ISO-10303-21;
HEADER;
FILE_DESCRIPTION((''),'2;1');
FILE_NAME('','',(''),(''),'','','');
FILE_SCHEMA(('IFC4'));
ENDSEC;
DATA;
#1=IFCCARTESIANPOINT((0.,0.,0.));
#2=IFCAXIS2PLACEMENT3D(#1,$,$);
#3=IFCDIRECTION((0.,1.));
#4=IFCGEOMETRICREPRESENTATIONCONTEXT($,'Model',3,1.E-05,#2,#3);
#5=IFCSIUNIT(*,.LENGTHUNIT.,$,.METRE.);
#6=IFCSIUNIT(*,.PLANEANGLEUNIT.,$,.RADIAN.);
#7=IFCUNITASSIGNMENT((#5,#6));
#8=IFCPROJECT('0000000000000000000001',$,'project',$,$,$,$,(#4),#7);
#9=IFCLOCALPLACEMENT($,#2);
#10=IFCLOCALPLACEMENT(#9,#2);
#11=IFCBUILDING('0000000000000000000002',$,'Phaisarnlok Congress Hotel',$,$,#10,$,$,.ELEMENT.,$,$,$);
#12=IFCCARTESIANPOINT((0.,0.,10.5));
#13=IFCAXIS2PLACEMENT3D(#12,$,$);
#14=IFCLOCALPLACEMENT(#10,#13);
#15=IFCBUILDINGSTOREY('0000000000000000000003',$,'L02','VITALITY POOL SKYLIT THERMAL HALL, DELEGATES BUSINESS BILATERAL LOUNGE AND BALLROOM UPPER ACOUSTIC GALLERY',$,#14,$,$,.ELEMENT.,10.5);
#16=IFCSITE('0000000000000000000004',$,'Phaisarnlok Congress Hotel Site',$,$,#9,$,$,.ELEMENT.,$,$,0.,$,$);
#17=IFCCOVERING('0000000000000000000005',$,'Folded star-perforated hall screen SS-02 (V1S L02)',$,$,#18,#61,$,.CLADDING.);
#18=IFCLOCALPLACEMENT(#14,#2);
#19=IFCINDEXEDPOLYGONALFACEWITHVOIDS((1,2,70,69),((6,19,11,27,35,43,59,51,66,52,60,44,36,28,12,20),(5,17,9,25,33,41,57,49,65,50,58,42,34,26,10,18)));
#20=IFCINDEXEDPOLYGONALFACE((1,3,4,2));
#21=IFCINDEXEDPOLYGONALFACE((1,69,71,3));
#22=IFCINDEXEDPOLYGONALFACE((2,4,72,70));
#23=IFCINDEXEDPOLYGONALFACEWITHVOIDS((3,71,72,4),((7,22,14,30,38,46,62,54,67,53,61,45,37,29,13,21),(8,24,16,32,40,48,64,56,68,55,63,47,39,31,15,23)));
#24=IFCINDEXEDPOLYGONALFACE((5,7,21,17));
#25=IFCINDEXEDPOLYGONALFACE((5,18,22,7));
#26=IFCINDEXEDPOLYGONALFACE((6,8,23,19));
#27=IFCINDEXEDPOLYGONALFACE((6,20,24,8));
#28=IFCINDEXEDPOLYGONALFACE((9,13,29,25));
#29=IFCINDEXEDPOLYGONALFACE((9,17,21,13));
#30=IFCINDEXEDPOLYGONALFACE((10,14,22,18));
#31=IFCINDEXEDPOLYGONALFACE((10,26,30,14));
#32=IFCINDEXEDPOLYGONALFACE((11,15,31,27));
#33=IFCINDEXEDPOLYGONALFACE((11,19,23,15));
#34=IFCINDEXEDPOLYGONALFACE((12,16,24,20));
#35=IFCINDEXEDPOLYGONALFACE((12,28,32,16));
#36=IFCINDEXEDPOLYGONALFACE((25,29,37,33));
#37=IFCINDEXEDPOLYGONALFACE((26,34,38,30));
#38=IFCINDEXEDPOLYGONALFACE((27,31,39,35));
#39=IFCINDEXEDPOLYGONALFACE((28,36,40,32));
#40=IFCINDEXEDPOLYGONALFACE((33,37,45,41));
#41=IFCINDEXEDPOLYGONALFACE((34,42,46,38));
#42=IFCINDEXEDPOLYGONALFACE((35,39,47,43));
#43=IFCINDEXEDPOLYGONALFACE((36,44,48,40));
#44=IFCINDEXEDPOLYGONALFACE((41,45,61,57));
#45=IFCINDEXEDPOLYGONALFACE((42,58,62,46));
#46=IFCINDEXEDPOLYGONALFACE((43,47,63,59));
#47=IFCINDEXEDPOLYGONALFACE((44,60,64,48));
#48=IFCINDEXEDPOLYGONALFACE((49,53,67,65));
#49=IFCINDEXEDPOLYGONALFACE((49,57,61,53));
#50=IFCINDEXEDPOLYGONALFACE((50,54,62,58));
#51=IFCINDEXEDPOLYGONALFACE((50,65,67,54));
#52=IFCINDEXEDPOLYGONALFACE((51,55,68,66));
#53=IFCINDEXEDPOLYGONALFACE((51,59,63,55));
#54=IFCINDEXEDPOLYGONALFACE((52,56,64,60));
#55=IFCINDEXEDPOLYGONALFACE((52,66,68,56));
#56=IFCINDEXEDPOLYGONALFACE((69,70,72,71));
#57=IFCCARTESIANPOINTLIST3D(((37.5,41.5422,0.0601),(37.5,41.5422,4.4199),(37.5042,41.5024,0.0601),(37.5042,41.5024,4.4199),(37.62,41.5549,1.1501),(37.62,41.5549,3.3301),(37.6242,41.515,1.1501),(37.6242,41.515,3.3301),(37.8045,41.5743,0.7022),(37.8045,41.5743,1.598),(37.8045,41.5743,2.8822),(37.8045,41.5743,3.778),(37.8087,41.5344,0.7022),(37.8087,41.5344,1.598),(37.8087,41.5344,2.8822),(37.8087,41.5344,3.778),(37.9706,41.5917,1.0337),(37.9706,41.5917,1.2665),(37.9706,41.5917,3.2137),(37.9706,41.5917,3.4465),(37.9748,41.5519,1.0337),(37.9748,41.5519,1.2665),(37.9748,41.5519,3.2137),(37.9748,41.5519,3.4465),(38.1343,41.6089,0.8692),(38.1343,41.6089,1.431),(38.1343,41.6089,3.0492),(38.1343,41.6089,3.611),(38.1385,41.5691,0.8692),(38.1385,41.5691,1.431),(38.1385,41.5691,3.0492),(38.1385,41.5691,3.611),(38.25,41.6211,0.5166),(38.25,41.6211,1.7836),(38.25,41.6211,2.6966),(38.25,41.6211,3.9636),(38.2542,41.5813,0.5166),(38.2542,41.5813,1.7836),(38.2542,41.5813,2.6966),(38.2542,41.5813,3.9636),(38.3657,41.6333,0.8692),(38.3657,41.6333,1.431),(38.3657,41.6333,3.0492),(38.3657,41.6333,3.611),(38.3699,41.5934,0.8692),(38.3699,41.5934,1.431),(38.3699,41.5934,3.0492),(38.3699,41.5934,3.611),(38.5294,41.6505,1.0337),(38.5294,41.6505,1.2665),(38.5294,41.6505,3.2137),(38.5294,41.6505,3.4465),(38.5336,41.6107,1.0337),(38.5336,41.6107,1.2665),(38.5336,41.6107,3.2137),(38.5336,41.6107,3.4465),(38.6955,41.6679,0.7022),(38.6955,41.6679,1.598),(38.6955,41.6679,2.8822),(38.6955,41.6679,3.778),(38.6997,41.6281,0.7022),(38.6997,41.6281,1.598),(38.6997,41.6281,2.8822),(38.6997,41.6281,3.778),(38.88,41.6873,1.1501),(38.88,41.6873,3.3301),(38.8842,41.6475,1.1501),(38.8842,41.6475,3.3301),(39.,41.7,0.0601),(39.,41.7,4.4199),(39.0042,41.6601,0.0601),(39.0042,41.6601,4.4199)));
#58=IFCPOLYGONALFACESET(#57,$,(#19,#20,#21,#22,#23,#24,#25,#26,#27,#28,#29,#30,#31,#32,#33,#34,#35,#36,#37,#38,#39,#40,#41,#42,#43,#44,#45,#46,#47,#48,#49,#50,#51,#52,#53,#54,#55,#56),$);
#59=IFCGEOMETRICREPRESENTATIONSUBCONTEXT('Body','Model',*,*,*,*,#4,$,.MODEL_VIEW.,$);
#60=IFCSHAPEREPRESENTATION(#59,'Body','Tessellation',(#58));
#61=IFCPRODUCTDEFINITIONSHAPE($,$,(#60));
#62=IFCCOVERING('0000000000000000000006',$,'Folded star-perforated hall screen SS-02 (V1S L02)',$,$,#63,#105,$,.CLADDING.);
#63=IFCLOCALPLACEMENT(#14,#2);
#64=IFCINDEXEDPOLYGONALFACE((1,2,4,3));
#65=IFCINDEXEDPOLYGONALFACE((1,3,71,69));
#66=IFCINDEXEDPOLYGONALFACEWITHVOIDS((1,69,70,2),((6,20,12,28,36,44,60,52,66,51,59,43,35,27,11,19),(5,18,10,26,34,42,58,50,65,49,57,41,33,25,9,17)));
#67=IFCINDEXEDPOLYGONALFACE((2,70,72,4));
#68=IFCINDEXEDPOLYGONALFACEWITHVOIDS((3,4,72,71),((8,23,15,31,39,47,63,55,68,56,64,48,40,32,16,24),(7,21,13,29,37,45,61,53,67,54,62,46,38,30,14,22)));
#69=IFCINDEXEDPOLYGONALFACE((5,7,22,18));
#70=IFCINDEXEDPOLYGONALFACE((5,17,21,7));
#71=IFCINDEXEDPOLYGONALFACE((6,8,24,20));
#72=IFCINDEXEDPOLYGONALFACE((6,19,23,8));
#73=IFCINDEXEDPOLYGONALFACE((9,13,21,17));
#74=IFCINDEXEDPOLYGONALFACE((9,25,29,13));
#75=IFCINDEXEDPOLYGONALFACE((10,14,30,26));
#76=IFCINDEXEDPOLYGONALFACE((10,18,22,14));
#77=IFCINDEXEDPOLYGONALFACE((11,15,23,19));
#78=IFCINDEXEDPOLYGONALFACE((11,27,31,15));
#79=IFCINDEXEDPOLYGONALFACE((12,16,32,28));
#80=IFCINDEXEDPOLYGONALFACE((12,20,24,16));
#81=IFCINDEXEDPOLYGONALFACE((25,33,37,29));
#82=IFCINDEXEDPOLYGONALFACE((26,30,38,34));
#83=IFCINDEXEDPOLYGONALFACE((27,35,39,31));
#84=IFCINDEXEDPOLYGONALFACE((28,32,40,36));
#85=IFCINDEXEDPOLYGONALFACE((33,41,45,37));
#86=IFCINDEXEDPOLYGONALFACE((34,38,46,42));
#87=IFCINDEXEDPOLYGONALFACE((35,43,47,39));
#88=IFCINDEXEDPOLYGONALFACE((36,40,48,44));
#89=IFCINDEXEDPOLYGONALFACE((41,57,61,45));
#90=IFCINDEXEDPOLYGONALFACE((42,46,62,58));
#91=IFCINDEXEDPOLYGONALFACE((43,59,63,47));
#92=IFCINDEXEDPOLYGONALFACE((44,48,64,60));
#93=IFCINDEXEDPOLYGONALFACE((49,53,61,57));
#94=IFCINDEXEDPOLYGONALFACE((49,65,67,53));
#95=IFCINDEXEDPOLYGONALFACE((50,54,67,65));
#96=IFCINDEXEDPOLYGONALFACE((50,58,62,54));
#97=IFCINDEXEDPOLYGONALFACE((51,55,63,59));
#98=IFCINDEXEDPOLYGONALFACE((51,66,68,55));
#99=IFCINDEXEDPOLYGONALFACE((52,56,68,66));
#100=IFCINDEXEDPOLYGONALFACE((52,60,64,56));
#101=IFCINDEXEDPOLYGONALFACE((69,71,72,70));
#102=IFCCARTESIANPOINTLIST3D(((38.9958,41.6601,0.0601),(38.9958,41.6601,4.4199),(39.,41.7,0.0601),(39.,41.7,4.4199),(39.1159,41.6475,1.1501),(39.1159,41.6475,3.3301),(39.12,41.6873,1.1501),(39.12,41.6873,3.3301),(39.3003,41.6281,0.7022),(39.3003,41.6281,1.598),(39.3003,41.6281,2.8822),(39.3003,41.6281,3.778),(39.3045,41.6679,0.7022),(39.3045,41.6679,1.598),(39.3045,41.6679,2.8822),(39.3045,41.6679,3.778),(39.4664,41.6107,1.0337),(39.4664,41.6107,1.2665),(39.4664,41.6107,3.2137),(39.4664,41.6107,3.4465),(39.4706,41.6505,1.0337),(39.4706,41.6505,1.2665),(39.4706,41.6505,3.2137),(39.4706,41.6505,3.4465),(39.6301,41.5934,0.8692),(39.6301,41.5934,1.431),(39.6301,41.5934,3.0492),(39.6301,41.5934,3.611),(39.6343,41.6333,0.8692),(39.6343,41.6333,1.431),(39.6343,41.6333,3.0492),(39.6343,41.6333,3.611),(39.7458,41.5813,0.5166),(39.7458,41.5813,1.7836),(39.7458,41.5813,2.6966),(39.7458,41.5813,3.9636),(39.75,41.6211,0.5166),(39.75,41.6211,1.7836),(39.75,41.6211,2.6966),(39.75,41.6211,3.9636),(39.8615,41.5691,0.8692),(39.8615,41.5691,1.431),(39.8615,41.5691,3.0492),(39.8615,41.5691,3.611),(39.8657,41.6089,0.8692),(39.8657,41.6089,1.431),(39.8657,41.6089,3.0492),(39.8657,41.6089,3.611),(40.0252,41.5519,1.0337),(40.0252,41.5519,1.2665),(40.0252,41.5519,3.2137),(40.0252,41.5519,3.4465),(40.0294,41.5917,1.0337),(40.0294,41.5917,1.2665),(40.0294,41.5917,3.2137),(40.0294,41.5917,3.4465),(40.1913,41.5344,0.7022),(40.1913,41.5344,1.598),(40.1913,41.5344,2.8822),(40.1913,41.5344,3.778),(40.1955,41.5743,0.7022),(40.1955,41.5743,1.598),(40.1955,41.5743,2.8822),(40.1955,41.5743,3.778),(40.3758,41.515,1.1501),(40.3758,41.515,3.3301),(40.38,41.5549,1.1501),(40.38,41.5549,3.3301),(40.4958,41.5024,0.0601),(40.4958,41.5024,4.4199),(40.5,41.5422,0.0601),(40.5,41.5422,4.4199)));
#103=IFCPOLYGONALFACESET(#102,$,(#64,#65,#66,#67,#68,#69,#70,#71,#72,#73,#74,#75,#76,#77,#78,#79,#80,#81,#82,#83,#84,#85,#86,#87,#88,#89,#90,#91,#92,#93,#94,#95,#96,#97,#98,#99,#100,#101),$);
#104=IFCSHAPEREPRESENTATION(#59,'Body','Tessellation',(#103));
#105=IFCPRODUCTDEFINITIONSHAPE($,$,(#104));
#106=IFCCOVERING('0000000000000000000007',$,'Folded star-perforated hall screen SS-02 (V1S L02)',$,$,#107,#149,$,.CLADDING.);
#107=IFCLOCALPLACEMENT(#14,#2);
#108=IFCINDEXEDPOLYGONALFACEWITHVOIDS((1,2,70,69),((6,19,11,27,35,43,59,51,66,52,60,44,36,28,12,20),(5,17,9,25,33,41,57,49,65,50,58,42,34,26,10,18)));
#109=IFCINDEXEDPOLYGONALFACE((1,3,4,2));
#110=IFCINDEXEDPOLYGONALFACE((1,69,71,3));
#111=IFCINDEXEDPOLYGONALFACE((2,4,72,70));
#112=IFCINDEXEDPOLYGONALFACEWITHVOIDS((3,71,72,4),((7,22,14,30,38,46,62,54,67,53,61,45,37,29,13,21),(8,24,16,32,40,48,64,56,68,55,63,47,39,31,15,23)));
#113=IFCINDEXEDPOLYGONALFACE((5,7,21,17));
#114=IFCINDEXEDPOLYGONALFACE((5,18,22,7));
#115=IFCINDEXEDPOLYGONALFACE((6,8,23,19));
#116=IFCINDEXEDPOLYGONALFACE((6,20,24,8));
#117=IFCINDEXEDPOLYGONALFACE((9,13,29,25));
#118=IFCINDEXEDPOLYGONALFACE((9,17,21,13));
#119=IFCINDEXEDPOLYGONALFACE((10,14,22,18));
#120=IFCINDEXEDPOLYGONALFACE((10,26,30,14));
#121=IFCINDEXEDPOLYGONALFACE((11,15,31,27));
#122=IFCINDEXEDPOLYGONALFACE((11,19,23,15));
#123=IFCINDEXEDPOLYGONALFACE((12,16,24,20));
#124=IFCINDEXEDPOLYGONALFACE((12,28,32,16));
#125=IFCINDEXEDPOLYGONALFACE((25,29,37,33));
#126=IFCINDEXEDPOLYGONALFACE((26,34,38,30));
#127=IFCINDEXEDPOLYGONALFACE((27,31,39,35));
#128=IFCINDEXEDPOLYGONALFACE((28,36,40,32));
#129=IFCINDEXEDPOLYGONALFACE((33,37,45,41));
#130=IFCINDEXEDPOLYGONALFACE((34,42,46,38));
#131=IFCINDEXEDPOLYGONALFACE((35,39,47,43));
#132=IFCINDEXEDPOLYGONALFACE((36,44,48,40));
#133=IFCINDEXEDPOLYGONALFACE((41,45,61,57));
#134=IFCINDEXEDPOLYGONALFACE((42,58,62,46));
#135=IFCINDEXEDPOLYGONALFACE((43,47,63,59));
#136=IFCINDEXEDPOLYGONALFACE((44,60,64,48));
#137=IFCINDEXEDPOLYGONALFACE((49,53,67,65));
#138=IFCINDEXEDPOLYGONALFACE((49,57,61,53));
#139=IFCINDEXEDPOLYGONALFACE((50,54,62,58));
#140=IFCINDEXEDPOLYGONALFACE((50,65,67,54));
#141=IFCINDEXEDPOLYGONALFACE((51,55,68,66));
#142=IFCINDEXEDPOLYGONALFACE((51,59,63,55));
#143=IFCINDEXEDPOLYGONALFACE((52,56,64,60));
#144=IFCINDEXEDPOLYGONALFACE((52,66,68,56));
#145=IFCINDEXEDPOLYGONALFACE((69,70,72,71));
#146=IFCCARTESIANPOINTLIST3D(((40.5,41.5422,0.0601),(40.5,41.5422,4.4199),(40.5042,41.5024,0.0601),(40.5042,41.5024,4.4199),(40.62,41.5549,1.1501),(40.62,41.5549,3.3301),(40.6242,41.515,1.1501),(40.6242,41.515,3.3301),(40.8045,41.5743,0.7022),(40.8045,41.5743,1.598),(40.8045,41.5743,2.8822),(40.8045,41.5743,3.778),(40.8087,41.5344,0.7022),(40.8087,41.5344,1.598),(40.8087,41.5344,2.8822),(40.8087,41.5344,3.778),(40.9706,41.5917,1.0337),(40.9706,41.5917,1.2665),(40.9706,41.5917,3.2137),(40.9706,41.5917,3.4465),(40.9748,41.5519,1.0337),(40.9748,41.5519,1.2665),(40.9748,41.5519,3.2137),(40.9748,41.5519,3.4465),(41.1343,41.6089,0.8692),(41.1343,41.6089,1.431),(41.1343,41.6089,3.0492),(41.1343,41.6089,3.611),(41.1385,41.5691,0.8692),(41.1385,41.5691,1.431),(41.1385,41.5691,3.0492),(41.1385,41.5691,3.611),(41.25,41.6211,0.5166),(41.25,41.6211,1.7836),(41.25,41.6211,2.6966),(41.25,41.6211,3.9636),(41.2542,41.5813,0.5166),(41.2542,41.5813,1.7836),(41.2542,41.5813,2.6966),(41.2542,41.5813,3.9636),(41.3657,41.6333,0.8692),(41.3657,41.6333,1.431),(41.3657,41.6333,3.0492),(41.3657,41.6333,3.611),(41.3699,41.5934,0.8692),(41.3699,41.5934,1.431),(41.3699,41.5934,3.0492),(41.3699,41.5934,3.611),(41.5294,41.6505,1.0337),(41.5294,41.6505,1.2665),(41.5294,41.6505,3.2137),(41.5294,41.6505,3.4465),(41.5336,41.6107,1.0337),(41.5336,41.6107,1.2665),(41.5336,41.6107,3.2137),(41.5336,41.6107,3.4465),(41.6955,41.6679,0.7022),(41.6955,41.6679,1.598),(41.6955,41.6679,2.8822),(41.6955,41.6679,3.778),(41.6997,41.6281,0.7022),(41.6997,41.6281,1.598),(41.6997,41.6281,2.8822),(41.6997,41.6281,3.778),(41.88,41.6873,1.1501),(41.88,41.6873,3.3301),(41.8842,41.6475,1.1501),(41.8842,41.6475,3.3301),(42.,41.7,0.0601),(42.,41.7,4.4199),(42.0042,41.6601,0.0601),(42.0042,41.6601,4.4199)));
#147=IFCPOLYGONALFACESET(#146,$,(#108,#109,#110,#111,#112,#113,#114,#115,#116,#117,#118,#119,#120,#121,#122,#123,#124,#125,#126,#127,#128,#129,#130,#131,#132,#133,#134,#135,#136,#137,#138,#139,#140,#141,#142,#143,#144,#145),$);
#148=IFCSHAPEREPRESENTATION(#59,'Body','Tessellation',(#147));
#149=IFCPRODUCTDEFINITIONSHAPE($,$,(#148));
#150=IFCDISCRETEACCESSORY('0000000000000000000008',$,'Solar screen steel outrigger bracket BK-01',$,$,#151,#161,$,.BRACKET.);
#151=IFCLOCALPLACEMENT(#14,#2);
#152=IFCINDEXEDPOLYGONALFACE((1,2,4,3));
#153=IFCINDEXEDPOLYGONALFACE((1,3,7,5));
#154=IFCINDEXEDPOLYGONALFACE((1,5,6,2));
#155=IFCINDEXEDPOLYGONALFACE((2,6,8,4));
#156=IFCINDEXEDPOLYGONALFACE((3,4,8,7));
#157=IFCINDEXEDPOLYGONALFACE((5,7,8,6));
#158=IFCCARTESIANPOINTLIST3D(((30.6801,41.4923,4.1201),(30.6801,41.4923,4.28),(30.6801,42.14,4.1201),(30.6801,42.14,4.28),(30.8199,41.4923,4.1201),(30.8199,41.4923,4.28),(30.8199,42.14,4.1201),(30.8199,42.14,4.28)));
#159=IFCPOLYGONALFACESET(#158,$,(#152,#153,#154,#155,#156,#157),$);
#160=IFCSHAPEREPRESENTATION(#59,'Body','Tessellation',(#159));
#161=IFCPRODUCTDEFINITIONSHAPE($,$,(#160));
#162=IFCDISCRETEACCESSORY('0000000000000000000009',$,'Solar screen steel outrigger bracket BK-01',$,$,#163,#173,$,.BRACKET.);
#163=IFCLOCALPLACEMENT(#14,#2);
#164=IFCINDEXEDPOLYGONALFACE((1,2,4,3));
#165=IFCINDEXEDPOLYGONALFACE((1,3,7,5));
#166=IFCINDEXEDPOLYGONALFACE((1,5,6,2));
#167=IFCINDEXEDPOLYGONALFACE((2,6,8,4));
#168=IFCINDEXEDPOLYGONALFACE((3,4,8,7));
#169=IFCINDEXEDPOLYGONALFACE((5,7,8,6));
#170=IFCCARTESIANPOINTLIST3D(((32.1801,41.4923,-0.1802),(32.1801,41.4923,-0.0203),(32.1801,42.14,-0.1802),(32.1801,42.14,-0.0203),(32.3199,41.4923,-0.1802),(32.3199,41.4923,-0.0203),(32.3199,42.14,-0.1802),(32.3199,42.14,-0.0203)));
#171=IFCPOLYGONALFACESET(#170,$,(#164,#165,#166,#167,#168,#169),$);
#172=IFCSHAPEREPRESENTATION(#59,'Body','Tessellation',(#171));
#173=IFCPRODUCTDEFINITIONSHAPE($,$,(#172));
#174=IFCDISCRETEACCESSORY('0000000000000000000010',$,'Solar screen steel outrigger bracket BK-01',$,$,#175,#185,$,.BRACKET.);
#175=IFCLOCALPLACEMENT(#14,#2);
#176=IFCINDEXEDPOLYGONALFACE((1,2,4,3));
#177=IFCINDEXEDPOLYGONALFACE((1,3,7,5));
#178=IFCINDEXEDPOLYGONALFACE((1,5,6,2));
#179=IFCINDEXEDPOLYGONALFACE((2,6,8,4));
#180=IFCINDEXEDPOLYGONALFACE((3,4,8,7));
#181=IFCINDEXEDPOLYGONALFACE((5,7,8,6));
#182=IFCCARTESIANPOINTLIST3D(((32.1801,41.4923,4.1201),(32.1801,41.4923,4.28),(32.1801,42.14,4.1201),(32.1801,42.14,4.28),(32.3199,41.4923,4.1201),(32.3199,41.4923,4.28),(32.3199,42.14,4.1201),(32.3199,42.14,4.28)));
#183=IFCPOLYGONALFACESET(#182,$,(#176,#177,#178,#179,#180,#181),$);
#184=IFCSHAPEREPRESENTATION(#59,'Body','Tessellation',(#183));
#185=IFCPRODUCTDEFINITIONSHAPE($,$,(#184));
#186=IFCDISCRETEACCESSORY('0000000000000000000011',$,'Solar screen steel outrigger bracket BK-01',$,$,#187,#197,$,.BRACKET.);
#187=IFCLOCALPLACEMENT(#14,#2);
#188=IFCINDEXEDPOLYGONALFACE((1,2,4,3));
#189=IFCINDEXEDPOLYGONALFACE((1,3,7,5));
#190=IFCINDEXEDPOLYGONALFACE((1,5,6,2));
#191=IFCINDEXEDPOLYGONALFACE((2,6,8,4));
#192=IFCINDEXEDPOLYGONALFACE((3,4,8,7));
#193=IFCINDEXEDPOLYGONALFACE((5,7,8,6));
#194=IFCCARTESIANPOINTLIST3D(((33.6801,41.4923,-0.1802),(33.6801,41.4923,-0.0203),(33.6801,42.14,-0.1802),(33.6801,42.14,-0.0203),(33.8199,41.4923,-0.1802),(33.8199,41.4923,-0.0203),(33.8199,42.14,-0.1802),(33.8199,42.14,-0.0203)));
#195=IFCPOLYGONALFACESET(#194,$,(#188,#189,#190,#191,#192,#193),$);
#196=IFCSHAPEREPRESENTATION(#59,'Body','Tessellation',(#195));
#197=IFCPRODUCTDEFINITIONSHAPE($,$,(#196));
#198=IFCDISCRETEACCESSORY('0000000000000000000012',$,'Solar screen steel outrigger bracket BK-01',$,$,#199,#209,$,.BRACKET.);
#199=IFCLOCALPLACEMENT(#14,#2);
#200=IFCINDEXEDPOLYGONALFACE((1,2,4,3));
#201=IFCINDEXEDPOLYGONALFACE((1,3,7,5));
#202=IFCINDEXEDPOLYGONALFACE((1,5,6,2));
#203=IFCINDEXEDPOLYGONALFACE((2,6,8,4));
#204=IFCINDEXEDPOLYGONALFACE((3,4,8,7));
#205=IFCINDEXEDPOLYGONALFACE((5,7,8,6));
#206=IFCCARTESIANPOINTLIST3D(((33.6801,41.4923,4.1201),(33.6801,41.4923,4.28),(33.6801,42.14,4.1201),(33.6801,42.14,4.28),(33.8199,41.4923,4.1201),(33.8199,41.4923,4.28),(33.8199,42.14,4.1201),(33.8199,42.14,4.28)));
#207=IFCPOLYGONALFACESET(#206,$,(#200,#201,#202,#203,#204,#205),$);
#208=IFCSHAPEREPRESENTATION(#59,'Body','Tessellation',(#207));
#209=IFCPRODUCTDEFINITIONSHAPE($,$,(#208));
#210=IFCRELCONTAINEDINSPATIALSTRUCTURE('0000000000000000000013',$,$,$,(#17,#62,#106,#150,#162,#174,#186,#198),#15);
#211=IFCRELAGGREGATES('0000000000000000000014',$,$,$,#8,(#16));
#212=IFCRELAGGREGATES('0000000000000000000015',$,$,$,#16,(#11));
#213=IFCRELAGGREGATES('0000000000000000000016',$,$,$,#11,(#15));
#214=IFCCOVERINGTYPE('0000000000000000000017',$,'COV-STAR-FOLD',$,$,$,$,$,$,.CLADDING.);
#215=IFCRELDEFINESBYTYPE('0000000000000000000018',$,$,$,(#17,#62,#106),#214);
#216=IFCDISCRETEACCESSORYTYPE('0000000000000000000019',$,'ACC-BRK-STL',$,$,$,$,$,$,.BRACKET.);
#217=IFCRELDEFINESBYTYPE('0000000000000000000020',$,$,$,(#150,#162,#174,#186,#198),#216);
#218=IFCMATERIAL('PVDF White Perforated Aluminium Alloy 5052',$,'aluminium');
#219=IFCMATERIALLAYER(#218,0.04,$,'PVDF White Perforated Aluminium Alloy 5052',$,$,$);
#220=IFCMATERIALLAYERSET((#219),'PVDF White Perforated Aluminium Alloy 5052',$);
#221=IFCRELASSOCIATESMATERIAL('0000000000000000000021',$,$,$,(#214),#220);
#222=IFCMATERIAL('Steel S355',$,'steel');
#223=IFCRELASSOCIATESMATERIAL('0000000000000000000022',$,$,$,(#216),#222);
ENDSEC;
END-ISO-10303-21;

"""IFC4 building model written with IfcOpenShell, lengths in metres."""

from ifc_helpers import new_model, si_unit, direction, frame, origin, origin_2d, place, context, subcontext, project, spatial, polyline, rectangle, outline, extrude, material, layer, layer_set, type_object, element, save


model = new_model("IFC4")

# Units and contexts
model_context = context("Model", 3, precision=1e-05, world=origin(), true_north=direction((0.0, 1.0)))
body_context = subcontext(model_context, "Body", "Model", "MODEL_VIEW")
ifc_project = project(units=[si_unit("LENGTHUNIT", "METRE"), si_unit("PLANEANGLEUNIT", "RADIAN")], contexts=[model_context])

# Site, building, storey
site_placement = place(None, origin())
site = spatial("IfcSite", under=ifc_project, at=site_placement, Name="Phaisarnlok Congress Hotel Site", CompositionType="ELEMENT", RefElevation=0.0)
building_placement = place(site_placement, origin())
building = spatial("IfcBuilding", under=site, at=building_placement, Name="Phaisarnlok Congress Hotel", CompositionType="ELEMENT")
storey_placement = place(building_placement, frame((0.0, 0.0, 10.5)))
storey = spatial("IfcBuildingStorey", under=building, at=storey_placement, Name="L02", Description="VITALITY POOL SKYLIT THERMAL HALL, DELEGATES BUSINESS BILATERAL LOUNGE AND BALLROOM UPPER ACOUSTIC GALLERY", CompositionType="ELEMENT", Elevation=10.5)

# Coverings
ifc_material_1 = material(Name="PVDF White Perforated Aluminium Alloy 5052", Category="aluminium")
ifc_layer = layer(ifc_material_1, 0.04, Name="PVDF White Perforated Aluminium Alloy 5052")
ifc_layer_set = layer_set([ifc_layer], Name="PVDF White Perforated Aluminium Alloy 5052")
covering_type = type_object("IfcCoveringType", Name="COV-STAR-FOLD", PredefinedType="CLADDING", material=ifc_layer_set)
for number, where, z_axis, x_axis, name in (
    (1, (37.5, 41.5422, 0.0601), (0.104567, -0.994518, 0.0), (0.994518, 0.104567, 0.0), "Folded star-perforated hall screen SS-02 (V1S L02)"),
    (2, (39.0, 41.7, 0.0601), (-0.104567, -0.994518, 0.0), (0.994518, -0.104567, 0.0), "Folded star-perforated hall screen SS-02 (V1S L02)"),
    (3, (40.5, 41.5422, 0.0601), (0.104567, -0.994518, 0.0), (0.994518, 0.104567, 0.0), "Folded star-perforated hall screen SS-02 (V1S L02)"),
):
    element("IfcCovering", number, at=place(storey_placement, frame(where, z_axis=z_axis, x_axis=x_axis)), inside=storey, type_object=covering_type, Name=name, PredefinedType="CLADDING", context=body_context, shape_type="SweptSolid", body=[
        extrude(outline(polyline([(0.0, 0.0), (1.5083, 0.0), (1.5083, 4.3599), (0.0, 4.3599), (0.0, 0.0)]), holes=[polyline([(1.0351, 0.9736), (1.2021, 0.6421), (0.8705, 0.8091), (0.7541, 0.4565), (0.6378, 0.8091), (0.3062, 0.6421), (0.4732, 0.9736), (0.1207, 1.09), (0.4732, 1.2064), (0.3062, 1.5379), (0.6378, 1.3709), (0.7541, 1.7235), (0.8705, 1.3709), (1.2021, 1.5379), (1.0351, 1.2064), (1.3876, 1.09), (1.0351, 0.9736)]), polyline([(1.0351, 3.1536), (1.2021, 2.8221), (0.8705, 2.9891), (0.7541, 2.6365), (0.6378, 2.9891), (0.3062, 2.8221), (0.4732, 3.1536), (0.1207, 3.27), (0.4732, 3.3864), (0.3062, 3.7179), (0.6378, 3.5509), (0.7541, 3.9035), (0.8705, 3.5509), (1.2021, 3.7179), (1.0351, 3.3864), (1.3876, 3.27), (1.0351, 3.1536)])]), origin(), (0.0, 0.0, 1.0), 0.04),
    ])

# Discrete accessories
ifc_material_2 = material(Name="Steel S355", Category="steel")
discrete_accessory_type = type_object("IfcDiscreteAccessoryType", Name="ACC-BRK-STL", PredefinedType="BRACKET", material=ifc_material_2)
for number, where, z_axis, x_axis, name in (
    (4, (30.75, 41.8162, 4.1201), (0.0, 0.0, 1.0), (1.0, 0.0, 0.0), "Solar screen steel outrigger bracket BK-01"),
    (5, (32.25, 41.8162, -0.1802), (0.0, 0.0, 1.0), (1.0, 0.0, 0.0), "Solar screen steel outrigger bracket BK-01"),
    (6, (32.25, 41.8162, 4.1201), (0.0, 0.0, 1.0), (1.0, 0.0, 0.0), "Solar screen steel outrigger bracket BK-01"),
    (7, (33.75, 41.8162, -0.1802), (0.0, 0.0, 1.0), (1.0, 0.0, 0.0), "Solar screen steel outrigger bracket BK-01"),
    (8, (33.75, 41.8162, 4.1201), (0.0, 0.0, 1.0), (1.0, 0.0, 0.0), "Solar screen steel outrigger bracket BK-01"),
):
    element("IfcDiscreteAccessory", number, at=place(storey_placement, frame(where, z_axis=z_axis, x_axis=x_axis)), inside=storey, type_object=discrete_accessory_type, Name=name, PredefinedType="BRACKET", context=body_context, shape_type="SweptSolid", body=[
        extrude(rectangle(XDim=0.1399, YDim=0.6477, at=origin_2d()), origin(), (0.0, 0.0, 1.0), 0.1599),
    ])

save(model, "model.ifc")
